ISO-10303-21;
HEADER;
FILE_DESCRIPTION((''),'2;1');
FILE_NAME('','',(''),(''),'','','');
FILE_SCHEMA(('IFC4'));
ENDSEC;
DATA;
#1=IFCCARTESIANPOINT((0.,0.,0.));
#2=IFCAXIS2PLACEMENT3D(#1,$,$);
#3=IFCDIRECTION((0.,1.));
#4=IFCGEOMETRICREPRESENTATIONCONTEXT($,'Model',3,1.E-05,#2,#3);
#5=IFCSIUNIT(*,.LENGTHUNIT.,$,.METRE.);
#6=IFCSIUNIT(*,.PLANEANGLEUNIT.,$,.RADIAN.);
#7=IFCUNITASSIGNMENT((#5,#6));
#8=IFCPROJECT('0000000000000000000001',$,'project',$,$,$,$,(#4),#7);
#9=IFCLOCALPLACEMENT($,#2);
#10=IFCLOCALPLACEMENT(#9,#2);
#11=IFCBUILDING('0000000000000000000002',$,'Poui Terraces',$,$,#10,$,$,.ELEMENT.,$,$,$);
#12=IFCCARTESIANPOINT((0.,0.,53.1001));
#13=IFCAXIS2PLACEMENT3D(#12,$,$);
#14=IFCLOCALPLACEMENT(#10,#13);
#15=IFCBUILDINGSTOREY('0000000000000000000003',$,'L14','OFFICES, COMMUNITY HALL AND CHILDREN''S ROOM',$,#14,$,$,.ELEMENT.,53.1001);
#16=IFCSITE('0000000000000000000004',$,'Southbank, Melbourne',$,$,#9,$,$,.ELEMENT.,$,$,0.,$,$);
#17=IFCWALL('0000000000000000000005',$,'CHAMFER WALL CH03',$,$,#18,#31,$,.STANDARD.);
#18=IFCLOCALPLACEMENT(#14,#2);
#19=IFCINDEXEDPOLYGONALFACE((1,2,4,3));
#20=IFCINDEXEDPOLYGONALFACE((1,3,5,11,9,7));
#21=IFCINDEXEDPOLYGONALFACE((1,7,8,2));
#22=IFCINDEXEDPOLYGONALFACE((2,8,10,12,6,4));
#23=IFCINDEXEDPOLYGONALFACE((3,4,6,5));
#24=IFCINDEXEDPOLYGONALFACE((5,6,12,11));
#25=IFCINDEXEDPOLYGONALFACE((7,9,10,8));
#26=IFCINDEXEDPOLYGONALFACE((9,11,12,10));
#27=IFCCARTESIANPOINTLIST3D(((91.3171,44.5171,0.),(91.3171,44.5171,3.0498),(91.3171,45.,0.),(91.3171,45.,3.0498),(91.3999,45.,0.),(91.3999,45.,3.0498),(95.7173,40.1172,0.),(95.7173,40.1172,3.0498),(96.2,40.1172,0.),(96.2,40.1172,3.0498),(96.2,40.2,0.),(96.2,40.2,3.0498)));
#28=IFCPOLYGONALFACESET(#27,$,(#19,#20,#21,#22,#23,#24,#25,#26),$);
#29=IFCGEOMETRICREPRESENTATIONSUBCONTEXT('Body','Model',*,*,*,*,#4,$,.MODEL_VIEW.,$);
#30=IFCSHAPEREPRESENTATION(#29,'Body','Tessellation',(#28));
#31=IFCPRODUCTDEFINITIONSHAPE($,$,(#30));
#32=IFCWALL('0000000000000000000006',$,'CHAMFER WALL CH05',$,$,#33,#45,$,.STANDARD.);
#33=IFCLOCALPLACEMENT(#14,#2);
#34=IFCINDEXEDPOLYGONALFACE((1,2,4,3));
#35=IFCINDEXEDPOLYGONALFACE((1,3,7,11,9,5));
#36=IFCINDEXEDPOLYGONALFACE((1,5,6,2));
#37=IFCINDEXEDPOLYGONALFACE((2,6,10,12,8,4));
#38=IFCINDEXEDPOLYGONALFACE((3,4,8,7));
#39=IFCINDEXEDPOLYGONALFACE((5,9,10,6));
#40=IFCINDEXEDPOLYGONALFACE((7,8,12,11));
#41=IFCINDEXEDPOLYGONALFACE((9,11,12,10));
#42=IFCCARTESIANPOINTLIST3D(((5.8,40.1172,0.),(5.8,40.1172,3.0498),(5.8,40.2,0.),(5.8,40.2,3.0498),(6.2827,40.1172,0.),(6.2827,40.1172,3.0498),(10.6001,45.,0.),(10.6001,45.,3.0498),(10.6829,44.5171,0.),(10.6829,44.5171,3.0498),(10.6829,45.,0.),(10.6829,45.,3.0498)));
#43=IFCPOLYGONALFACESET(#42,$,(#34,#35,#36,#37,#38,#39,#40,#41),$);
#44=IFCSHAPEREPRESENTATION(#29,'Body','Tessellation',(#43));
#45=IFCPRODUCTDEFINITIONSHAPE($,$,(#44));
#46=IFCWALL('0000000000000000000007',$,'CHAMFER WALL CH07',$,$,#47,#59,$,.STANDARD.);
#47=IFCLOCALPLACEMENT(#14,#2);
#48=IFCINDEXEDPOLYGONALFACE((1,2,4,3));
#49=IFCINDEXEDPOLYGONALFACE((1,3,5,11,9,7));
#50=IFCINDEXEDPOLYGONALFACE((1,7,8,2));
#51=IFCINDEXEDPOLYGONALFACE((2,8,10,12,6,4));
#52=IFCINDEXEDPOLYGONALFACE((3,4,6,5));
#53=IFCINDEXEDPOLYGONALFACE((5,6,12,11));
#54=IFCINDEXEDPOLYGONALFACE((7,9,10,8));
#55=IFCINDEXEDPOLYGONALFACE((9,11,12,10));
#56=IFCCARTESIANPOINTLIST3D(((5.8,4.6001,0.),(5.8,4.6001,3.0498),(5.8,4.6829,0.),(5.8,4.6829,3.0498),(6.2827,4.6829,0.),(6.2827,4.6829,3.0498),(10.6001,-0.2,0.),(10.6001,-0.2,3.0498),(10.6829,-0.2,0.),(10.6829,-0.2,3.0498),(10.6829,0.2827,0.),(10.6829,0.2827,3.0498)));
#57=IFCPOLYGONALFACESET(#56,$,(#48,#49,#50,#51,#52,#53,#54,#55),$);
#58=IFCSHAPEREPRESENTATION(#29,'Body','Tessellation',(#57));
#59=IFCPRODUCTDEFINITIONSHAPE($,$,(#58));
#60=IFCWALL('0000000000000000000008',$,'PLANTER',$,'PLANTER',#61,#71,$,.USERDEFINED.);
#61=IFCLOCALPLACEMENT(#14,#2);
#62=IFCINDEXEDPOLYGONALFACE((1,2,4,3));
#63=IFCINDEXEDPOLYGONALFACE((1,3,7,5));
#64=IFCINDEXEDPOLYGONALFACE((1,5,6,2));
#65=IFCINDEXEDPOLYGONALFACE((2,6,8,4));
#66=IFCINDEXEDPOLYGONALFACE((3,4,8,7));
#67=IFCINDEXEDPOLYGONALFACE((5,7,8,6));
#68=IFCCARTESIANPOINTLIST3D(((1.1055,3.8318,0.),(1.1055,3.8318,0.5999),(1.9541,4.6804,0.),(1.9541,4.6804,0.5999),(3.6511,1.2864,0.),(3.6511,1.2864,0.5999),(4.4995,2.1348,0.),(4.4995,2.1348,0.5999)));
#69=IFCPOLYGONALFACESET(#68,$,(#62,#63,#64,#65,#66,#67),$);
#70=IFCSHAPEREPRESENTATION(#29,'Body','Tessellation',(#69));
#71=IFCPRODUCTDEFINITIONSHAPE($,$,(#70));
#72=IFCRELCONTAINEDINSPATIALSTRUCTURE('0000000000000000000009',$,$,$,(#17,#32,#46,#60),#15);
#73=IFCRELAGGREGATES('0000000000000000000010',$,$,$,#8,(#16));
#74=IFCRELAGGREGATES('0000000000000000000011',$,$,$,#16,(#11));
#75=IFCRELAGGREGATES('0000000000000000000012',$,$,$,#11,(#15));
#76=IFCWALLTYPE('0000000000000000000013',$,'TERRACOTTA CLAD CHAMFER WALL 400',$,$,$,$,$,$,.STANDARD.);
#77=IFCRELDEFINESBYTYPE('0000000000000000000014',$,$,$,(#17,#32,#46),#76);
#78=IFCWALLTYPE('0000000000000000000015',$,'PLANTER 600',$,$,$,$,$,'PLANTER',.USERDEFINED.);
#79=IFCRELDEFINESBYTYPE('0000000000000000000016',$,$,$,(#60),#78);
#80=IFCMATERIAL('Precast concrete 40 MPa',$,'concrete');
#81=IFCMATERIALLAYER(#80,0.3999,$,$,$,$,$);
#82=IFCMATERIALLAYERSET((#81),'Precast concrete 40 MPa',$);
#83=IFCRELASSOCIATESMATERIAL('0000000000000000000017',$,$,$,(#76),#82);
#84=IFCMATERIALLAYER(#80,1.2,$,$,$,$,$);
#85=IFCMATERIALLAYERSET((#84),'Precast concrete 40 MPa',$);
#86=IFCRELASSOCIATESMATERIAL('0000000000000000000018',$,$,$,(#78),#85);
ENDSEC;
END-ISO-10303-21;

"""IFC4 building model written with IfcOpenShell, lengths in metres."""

from ifc_helpers import new_model, si_unit, direction, frame, origin, place, context, subcontext, project, spatial, polyline, outline, extrude, source, transform, mapped, material, layer, layer_set, type_object, element, save


model = new_model("IFC4")

# Units and contexts
model_context = context("Model", 3, precision=1e-05, world=origin(), true_north=direction((0.0, 1.0)))
body_context = subcontext(model_context, "Body", "Model", "MODEL_VIEW")
ifc_project = project(units=[si_unit("LENGTHUNIT", "METRE"), si_unit("PLANEANGLEUNIT", "RADIAN")], contexts=[model_context])

# Site, building, storey
site_placement = place(None, origin())
site = spatial("IfcSite", under=ifc_project, at=site_placement, Name="Southbank, Melbourne", CompositionType="ELEMENT", RefElevation=0.0)
building_placement = place(site_placement, origin())
building = spatial("IfcBuilding", under=site, at=building_placement, Name="Poui Terraces", CompositionType="ELEMENT")
storey_placement = place(building_placement, frame((0.0, 0.0, 53.1001)))
storey = spatial("IfcBuildingStorey", under=building, at=storey_placement, Name="L14", Description="OFFICES, COMMUNITY HALL AND CHILDREN'S ROOM", CompositionType="ELEMENT", Elevation=53.1001)

# Walls
ifc_material_1 = material(Name="Precast concrete 40 MPa", Category="concrete")
ifc_layer_1 = layer(ifc_material_1, 0.3999)
ifc_layer_set_1 = layer_set([ifc_layer_1], Name="Precast concrete 40 MPa")
wall_type_1 = type_object("IfcWallType", Name="TERRACOTTA CLAD CHAMFER WALL 400", PredefinedType="STANDARD", material=ifc_layer_set_1)
wall_1_placement = place(storey_placement, origin())
element("IfcWall", 1, at=wall_1_placement, inside=storey, type_object=wall_type_1, Name="CHAMFER WALL CH03", PredefinedType="STANDARD", context=body_context, shape_type="SweptSolid", body=[
    extrude(outline(polyline([(96.2, 40.1172), (96.2, 40.2), (91.3999, 45.0), (91.3171, 45.0), (91.3171, 44.5171), (95.7173, 40.1172), (96.2, 40.1172)])), origin(), (0.0, 0.0, 1.0), 3.0498),
])
wall_2_placement = place(storey_placement, origin())
element("IfcWall", 2, at=wall_2_placement, inside=storey, type_object=wall_type_1, Name="CHAMFER WALL CH05", PredefinedType="STANDARD", context=body_context, shape_type="SweptSolid", body=[
    extrude(outline(polyline([(10.6829, 45.0), (10.6001, 45.0), (5.8, 40.2), (5.8, 40.1172), (6.2827, 40.1172), (10.6829, 44.5171), (10.6829, 45.0)])), origin(), (0.0, 0.0, 1.0), 3.0498),
])
wall_3_placement = place(storey_placement, origin())
element("IfcWall", 3, at=wall_3_placement, inside=storey, type_object=wall_type_1, Name="CHAMFER WALL CH07", PredefinedType="STANDARD", context=body_context, shape_type="SweptSolid", body=[
    extrude(outline(polyline([(5.8, 4.6829), (5.8, 4.6001), (10.6001, -0.2), (10.6829, -0.2), (10.6829, 0.2827), (6.2827, 4.6829), (5.8, 4.6829)])), origin(), (0.0, 0.0, 1.0), 3.0498),
])
ifc_layer_2 = layer(ifc_material_1, 1.2)
ifc_layer_set_2 = layer_set([ifc_layer_2], Name="Precast concrete 40 MPa")
wall_type_2 = type_object("IfcWallType", Name="PLANTER 600", ElementType="PLANTER", PredefinedType="USERDEFINED", material=ifc_layer_set_2)
shared_shape_1 = source(origin(), body_context, "Body", "SweptSolid", [
    extrude(outline(polyline([(0.0, 0.0), (2.5457, -2.5454), (3.394, -1.697), (0.8486, 0.8486), (0.0, 0.0)])), origin(), (0.0, 0.0, 1.0), 0.5999),
])
wall_4_placement = place(storey_placement, frame((1.1055, 3.8318, 0.0)))
element("IfcWall", 4, at=wall_4_placement, inside=storey, type_object=wall_type_2, Name="PLANTER", ObjectType="PLANTER", PredefinedType="USERDEFINED", context=body_context, shape_type="MappedRepresentation", body=[
    mapped(shared_shape_1, transform((0.0, 0.0, 0.0))),
])

save(model, "model.ifc")
